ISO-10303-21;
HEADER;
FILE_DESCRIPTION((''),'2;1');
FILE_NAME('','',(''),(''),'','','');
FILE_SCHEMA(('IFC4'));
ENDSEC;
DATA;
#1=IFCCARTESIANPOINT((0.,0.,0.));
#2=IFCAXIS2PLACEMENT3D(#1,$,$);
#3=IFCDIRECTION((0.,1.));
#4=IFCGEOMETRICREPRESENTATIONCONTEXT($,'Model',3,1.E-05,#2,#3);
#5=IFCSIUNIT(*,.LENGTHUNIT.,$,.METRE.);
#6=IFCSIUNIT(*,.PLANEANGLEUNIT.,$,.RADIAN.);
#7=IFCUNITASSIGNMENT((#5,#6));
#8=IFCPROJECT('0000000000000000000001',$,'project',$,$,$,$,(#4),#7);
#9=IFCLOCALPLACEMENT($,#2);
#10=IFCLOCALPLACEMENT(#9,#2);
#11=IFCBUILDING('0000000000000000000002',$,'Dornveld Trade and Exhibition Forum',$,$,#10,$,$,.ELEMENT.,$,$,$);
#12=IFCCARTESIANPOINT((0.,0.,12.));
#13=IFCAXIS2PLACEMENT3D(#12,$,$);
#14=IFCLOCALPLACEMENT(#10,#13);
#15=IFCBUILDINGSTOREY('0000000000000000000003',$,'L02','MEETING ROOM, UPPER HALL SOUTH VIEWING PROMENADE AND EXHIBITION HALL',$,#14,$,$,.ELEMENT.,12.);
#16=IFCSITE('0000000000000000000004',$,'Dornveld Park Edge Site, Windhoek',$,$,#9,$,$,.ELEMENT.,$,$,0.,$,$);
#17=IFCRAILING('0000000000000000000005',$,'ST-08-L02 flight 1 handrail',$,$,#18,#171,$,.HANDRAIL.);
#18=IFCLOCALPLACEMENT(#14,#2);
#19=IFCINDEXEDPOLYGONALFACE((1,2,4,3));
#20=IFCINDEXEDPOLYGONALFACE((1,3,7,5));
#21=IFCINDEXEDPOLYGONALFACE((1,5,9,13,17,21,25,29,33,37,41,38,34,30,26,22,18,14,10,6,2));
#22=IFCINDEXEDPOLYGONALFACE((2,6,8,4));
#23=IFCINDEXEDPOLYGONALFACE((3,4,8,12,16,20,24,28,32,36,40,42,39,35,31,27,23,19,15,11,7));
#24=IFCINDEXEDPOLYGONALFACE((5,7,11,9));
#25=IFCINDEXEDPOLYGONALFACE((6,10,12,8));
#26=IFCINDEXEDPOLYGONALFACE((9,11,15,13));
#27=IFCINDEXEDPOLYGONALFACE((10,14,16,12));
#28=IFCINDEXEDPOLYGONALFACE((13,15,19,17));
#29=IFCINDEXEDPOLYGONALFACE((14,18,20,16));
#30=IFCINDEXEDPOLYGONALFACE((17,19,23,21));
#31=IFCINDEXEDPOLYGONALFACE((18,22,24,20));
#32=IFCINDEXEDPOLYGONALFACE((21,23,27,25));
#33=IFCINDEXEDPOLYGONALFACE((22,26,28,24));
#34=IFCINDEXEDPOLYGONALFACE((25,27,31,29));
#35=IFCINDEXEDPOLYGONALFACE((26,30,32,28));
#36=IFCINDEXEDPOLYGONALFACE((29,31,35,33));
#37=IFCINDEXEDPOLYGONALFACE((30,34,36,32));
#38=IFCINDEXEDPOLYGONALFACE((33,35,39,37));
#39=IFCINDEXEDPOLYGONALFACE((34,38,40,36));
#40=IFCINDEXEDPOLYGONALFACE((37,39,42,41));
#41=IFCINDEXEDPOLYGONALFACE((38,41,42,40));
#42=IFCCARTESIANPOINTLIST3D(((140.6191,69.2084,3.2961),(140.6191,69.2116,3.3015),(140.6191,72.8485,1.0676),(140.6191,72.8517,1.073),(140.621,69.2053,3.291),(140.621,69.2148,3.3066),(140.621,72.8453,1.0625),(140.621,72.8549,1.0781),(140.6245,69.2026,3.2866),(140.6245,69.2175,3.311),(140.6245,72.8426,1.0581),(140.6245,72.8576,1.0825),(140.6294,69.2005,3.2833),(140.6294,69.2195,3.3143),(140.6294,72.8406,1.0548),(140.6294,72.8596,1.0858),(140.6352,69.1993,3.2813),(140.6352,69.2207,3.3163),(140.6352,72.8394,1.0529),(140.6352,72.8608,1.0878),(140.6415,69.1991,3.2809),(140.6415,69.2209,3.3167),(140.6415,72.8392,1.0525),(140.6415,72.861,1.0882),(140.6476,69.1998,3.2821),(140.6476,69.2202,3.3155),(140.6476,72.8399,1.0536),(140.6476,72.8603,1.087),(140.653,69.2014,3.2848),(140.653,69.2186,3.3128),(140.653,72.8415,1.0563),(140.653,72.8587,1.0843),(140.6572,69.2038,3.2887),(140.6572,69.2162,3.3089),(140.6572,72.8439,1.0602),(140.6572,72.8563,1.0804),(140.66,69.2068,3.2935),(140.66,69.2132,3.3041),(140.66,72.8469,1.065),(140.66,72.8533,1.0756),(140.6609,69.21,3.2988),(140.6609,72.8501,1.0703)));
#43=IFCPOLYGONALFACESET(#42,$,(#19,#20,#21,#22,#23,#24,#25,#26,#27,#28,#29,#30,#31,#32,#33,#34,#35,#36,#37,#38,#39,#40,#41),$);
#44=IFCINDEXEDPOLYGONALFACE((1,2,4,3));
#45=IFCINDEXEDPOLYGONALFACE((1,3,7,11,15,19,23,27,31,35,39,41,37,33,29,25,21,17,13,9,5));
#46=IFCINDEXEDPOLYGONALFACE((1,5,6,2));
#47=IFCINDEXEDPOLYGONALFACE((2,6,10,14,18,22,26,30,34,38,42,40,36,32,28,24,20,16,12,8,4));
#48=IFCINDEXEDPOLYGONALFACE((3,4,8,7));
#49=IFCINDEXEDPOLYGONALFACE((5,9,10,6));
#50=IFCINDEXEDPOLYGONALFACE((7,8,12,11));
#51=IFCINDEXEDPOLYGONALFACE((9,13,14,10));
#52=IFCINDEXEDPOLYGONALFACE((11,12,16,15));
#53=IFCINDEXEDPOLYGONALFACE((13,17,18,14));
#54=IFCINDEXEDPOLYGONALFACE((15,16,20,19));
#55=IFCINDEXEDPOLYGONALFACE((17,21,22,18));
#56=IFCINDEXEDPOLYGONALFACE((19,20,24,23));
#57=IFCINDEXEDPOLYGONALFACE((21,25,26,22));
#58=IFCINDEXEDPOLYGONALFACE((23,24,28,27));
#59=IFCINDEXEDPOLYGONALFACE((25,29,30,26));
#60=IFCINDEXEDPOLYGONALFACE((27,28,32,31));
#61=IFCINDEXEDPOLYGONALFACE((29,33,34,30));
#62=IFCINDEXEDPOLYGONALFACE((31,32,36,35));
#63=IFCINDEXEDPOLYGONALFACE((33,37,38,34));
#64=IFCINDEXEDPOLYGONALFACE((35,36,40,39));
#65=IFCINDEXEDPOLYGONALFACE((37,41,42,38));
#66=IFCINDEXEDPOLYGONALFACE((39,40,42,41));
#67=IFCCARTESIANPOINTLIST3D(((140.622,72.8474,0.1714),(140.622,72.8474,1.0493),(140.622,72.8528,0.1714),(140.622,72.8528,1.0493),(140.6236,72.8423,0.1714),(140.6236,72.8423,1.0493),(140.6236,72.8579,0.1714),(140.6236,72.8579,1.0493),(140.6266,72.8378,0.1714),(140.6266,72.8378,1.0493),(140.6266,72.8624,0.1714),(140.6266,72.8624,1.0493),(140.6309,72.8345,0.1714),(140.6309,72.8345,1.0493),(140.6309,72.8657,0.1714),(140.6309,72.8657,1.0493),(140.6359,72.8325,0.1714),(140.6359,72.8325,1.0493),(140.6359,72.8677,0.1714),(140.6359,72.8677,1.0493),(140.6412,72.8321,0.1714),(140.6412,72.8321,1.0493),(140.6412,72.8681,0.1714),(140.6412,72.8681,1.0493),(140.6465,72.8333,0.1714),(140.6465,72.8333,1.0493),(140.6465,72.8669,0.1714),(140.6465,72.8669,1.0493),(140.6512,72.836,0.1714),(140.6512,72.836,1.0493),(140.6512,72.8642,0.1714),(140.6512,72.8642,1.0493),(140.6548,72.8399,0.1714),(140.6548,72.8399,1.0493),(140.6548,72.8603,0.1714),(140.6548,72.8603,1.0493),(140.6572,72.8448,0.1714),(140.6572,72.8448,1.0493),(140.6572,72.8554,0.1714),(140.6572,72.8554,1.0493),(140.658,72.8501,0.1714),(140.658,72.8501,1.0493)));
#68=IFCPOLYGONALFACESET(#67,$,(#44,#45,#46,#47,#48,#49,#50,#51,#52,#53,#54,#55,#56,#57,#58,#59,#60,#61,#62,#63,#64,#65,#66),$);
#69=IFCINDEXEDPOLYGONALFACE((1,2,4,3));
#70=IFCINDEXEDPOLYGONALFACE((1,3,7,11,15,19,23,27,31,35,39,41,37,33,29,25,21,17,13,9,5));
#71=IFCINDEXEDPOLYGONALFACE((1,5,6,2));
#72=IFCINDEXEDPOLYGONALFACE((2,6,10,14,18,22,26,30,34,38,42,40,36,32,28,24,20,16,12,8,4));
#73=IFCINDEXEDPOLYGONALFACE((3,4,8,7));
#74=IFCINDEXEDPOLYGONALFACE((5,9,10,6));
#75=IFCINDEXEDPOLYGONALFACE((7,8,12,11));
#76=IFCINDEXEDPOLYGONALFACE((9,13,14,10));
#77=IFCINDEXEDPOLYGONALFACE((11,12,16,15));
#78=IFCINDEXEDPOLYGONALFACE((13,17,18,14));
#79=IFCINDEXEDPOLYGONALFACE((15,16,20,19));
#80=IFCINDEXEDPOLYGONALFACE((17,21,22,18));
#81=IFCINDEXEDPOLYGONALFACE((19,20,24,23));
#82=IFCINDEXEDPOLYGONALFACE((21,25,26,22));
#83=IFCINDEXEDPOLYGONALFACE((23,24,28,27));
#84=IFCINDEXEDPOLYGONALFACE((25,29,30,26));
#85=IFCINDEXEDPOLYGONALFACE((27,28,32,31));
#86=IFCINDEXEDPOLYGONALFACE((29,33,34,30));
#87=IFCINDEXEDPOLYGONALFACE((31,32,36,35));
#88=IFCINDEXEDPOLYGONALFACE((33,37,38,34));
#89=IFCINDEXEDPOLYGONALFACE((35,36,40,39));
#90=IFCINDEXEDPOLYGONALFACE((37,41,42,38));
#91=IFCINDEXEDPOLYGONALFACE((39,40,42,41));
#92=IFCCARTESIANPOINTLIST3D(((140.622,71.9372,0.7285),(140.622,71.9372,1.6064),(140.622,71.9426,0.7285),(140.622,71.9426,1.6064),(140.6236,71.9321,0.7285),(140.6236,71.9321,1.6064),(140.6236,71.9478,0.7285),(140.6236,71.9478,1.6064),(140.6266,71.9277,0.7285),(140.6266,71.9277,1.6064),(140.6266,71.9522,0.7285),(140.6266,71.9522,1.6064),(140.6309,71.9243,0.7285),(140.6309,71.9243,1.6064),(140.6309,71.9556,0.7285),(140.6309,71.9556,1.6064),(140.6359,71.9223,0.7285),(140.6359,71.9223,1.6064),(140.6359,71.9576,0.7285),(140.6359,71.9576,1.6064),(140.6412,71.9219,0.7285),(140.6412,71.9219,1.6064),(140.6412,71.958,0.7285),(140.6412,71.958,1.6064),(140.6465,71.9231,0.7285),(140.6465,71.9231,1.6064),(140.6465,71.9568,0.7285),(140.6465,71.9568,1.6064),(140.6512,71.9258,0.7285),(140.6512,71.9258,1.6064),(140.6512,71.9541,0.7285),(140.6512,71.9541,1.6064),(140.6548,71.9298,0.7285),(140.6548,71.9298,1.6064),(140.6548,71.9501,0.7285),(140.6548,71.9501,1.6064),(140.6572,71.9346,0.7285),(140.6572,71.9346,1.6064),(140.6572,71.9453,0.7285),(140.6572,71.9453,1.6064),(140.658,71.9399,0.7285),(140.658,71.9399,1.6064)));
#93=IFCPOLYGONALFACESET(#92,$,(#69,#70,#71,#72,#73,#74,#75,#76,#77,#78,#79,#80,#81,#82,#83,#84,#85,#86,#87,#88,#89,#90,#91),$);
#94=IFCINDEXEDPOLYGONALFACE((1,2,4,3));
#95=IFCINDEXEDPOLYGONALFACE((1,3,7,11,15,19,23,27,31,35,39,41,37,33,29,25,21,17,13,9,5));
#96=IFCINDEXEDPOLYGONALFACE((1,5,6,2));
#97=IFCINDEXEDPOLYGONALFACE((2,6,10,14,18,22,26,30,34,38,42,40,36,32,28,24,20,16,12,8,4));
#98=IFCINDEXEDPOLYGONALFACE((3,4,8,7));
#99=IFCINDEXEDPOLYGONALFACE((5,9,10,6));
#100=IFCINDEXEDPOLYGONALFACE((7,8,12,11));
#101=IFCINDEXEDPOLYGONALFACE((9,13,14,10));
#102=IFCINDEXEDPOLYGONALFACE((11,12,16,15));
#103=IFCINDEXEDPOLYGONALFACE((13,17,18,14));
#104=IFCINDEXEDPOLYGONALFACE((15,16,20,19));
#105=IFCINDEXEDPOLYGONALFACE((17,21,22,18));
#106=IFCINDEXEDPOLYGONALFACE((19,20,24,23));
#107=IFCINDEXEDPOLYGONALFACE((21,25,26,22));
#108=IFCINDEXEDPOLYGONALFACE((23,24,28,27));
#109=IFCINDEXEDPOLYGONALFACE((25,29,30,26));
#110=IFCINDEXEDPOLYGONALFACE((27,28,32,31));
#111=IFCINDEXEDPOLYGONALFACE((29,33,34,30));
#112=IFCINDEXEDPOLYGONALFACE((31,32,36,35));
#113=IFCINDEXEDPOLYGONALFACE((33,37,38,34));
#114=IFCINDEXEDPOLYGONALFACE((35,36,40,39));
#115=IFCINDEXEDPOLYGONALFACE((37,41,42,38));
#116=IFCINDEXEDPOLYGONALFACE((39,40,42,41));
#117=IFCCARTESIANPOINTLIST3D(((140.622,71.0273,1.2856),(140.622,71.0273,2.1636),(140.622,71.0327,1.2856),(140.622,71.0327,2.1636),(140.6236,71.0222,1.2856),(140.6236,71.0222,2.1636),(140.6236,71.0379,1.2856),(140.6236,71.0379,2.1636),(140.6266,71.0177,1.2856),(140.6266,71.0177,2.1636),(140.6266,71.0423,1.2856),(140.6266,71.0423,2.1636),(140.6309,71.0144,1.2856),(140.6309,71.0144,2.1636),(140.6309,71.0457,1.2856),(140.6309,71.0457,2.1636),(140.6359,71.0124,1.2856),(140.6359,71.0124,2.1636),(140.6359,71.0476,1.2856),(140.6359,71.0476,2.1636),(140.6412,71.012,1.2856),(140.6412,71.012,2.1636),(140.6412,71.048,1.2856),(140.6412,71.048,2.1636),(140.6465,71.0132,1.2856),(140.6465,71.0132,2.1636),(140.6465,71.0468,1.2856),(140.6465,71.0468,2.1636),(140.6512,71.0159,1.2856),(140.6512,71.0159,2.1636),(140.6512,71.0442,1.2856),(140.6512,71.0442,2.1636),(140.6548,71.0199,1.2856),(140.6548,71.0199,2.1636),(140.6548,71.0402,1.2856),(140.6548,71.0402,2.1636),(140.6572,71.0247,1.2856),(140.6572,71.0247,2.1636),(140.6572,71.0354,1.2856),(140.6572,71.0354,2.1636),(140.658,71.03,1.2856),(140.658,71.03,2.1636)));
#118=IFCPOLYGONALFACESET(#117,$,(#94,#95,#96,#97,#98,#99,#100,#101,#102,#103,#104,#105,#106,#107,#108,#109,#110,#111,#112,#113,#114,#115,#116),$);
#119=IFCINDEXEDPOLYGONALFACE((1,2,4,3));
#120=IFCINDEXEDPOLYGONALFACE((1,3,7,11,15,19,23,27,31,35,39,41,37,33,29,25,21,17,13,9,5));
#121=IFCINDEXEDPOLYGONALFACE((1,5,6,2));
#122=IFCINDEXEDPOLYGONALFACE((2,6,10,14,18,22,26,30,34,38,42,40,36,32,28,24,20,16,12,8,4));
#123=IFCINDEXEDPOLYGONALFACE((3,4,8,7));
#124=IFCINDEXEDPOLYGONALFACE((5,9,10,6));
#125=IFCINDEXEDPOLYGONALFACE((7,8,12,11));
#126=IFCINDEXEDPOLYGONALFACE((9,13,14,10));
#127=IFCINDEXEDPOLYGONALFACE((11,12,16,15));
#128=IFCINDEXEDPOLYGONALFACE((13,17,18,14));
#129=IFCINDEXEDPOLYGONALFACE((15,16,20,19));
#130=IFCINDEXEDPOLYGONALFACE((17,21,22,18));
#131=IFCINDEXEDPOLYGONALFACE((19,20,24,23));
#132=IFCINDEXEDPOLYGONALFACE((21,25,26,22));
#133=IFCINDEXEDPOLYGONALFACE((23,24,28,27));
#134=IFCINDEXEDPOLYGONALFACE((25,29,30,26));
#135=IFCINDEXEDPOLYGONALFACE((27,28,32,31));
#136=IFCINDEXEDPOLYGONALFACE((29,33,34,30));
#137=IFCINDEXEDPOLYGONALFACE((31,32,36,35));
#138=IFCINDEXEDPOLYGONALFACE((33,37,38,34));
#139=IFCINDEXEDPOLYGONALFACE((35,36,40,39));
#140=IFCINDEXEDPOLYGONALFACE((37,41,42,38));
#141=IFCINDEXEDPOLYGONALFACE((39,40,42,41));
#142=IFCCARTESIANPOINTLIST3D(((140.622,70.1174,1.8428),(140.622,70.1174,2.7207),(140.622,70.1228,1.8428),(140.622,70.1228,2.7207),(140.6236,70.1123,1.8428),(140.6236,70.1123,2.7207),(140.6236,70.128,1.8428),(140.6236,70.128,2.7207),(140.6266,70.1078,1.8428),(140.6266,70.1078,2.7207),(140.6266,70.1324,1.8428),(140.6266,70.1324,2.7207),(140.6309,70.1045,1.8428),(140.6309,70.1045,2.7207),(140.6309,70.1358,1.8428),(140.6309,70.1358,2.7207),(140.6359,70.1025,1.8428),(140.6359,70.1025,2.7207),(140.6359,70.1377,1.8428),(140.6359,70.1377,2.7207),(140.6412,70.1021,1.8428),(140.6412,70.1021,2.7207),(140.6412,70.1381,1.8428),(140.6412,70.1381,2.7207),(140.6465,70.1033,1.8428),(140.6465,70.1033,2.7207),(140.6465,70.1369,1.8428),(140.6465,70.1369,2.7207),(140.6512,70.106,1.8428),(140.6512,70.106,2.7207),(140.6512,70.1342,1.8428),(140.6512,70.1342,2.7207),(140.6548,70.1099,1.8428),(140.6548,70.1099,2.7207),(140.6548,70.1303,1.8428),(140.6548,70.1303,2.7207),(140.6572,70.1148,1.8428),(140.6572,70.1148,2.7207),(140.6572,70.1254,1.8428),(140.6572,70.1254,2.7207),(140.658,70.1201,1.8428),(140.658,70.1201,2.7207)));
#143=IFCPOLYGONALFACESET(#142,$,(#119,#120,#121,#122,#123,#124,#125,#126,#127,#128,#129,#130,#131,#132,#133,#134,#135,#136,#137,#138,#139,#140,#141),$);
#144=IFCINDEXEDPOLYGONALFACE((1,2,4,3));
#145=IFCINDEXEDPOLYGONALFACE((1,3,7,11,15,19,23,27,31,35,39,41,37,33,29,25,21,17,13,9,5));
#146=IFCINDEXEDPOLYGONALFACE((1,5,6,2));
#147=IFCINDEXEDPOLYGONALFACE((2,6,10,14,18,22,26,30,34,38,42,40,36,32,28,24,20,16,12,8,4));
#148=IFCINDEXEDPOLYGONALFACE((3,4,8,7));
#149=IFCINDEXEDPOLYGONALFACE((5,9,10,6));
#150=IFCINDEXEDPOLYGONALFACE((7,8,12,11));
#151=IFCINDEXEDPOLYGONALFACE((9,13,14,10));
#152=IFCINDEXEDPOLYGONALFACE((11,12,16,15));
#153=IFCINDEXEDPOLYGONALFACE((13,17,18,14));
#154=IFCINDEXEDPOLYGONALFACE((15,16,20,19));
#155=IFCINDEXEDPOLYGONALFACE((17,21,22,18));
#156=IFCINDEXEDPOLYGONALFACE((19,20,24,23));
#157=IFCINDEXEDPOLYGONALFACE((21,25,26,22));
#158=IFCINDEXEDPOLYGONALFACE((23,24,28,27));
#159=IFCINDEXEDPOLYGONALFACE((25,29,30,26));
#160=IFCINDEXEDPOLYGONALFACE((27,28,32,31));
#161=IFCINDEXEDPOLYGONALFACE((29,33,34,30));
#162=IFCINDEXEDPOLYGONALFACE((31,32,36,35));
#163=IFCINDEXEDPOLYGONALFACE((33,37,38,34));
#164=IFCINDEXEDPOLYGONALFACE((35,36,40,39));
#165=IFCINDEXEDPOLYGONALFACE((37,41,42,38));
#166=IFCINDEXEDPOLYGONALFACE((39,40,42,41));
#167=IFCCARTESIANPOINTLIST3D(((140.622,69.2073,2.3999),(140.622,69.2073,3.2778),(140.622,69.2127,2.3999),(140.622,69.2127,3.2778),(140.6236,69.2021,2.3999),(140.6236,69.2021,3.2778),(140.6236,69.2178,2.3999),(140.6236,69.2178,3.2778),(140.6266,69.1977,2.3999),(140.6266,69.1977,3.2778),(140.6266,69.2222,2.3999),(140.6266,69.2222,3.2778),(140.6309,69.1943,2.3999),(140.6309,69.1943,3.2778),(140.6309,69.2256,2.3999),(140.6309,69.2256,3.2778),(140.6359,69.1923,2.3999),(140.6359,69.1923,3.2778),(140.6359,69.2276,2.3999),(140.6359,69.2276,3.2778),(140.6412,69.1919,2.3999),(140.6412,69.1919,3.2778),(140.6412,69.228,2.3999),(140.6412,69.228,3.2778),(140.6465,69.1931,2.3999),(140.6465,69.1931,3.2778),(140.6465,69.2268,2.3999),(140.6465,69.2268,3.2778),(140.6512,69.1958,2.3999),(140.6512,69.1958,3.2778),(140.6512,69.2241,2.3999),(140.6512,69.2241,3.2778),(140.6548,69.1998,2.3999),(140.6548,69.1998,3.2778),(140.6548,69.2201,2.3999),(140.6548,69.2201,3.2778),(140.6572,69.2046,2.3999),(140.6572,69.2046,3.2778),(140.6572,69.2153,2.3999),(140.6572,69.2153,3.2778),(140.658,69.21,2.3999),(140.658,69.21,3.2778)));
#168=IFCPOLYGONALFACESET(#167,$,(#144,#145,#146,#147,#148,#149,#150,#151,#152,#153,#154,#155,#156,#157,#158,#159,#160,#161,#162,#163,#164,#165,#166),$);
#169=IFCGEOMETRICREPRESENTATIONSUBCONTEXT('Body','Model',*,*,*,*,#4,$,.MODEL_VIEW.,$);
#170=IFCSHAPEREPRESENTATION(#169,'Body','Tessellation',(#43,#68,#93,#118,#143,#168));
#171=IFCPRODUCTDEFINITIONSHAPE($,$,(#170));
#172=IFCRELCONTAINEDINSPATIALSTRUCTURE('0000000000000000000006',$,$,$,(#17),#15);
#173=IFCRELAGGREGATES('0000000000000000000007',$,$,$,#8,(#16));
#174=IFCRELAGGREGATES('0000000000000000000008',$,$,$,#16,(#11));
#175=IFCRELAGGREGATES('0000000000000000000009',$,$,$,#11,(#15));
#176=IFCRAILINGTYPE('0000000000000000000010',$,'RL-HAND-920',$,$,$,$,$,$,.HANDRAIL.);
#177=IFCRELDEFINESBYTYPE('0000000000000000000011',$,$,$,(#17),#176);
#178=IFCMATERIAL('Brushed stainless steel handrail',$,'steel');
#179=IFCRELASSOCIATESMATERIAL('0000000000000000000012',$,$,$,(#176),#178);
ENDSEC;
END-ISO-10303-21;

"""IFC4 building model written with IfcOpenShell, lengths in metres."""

from ifc_helpers import new_model, si_unit, direction, frame, origin, origin_2d, place, context, subcontext, project, spatial, circle, extrude, material, type_object, element, save


model = new_model("IFC4")

# Units and contexts
model_context = context("Model", 3, precision=1e-05, world=origin(), true_north=direction((0.0, 1.0)))
body_context = subcontext(model_context, "Body", "Model", "MODEL_VIEW")
ifc_project = project(units=[si_unit("LENGTHUNIT", "METRE"), si_unit("PLANEANGLEUNIT", "RADIAN")], contexts=[model_context])

# Site, building, storey
site_placement = place(None, origin())
site = spatial("IfcSite", under=ifc_project, at=site_placement, Name="Dornveld Park Edge Site, Windhoek", CompositionType="ELEMENT", RefElevation=0.0)
building_placement = place(site_placement, origin())
building = spatial("IfcBuilding", under=site, at=building_placement, Name="Dornveld Trade and Exhibition Forum", CompositionType="ELEMENT")
storey_placement = place(building_placement, frame((0.0, 0.0, 12.0)))
storey = spatial("IfcBuildingStorey", under=building, at=storey_placement, Name="L02", Description="MEETING ROOM, UPPER HALL SOUTH VIEWING PROMENADE AND EXHIBITION HALL", CompositionType="ELEMENT", Elevation=12.0)

# Railing
ifc_material_1 = material(Name="Brushed stainless steel handrail", Category="steel")
railing_type_1 = type_object("IfcRailingType", Name="RL-HAND-920", PredefinedType="HANDRAIL", material=ifc_material_1)
railing_1_placement = place(storey_placement, frame((140.6399, 72.8501, 0.1714)))
element("IfcRailing", 1, at=railing_1_placement, inside=storey, type_object=railing_type_1, Name="ST-08-L02 flight 1 handrail", PredefinedType="HANDRAIL", context=body_context, shape_type="SweptSolid", body=[
    extrude(circle(Radius=0.021, at=origin_2d()), frame((0.0, 0.0, 0.8989), z_axis=(0.0, -0.852866, 0.52213), x_axis=(1.0, 0.0, 0.0)), (0.0, 0.0, 1.0), 4.2681),
    extrude(circle(Radius=0.0181, at=origin_2d()), origin(), (0.0, 0.0, 1.0), 0.8779),
    extrude(circle(Radius=0.0181, at=origin_2d()), frame((0.0, -0.9102, 0.5571)), (0.0, 0.0, 1.0), 0.8779),
    extrude(circle(Radius=0.0181, at=origin_2d()), frame((0.0, -1.8201, 1.1143)), (0.0, 0.0, 1.0), 0.8779),
    extrude(circle(Radius=0.0181, at=origin_2d()), frame((0.0, -2.73, 1.6714)), (0.0, 0.0, 1.0), 0.8779),
    extrude(circle(Radius=0.0181, at=origin_2d()), frame((0.0, -3.6401, 2.2285)), (0.0, 0.0, 1.0), 0.8779),
])

save(model, "model.ifc")
